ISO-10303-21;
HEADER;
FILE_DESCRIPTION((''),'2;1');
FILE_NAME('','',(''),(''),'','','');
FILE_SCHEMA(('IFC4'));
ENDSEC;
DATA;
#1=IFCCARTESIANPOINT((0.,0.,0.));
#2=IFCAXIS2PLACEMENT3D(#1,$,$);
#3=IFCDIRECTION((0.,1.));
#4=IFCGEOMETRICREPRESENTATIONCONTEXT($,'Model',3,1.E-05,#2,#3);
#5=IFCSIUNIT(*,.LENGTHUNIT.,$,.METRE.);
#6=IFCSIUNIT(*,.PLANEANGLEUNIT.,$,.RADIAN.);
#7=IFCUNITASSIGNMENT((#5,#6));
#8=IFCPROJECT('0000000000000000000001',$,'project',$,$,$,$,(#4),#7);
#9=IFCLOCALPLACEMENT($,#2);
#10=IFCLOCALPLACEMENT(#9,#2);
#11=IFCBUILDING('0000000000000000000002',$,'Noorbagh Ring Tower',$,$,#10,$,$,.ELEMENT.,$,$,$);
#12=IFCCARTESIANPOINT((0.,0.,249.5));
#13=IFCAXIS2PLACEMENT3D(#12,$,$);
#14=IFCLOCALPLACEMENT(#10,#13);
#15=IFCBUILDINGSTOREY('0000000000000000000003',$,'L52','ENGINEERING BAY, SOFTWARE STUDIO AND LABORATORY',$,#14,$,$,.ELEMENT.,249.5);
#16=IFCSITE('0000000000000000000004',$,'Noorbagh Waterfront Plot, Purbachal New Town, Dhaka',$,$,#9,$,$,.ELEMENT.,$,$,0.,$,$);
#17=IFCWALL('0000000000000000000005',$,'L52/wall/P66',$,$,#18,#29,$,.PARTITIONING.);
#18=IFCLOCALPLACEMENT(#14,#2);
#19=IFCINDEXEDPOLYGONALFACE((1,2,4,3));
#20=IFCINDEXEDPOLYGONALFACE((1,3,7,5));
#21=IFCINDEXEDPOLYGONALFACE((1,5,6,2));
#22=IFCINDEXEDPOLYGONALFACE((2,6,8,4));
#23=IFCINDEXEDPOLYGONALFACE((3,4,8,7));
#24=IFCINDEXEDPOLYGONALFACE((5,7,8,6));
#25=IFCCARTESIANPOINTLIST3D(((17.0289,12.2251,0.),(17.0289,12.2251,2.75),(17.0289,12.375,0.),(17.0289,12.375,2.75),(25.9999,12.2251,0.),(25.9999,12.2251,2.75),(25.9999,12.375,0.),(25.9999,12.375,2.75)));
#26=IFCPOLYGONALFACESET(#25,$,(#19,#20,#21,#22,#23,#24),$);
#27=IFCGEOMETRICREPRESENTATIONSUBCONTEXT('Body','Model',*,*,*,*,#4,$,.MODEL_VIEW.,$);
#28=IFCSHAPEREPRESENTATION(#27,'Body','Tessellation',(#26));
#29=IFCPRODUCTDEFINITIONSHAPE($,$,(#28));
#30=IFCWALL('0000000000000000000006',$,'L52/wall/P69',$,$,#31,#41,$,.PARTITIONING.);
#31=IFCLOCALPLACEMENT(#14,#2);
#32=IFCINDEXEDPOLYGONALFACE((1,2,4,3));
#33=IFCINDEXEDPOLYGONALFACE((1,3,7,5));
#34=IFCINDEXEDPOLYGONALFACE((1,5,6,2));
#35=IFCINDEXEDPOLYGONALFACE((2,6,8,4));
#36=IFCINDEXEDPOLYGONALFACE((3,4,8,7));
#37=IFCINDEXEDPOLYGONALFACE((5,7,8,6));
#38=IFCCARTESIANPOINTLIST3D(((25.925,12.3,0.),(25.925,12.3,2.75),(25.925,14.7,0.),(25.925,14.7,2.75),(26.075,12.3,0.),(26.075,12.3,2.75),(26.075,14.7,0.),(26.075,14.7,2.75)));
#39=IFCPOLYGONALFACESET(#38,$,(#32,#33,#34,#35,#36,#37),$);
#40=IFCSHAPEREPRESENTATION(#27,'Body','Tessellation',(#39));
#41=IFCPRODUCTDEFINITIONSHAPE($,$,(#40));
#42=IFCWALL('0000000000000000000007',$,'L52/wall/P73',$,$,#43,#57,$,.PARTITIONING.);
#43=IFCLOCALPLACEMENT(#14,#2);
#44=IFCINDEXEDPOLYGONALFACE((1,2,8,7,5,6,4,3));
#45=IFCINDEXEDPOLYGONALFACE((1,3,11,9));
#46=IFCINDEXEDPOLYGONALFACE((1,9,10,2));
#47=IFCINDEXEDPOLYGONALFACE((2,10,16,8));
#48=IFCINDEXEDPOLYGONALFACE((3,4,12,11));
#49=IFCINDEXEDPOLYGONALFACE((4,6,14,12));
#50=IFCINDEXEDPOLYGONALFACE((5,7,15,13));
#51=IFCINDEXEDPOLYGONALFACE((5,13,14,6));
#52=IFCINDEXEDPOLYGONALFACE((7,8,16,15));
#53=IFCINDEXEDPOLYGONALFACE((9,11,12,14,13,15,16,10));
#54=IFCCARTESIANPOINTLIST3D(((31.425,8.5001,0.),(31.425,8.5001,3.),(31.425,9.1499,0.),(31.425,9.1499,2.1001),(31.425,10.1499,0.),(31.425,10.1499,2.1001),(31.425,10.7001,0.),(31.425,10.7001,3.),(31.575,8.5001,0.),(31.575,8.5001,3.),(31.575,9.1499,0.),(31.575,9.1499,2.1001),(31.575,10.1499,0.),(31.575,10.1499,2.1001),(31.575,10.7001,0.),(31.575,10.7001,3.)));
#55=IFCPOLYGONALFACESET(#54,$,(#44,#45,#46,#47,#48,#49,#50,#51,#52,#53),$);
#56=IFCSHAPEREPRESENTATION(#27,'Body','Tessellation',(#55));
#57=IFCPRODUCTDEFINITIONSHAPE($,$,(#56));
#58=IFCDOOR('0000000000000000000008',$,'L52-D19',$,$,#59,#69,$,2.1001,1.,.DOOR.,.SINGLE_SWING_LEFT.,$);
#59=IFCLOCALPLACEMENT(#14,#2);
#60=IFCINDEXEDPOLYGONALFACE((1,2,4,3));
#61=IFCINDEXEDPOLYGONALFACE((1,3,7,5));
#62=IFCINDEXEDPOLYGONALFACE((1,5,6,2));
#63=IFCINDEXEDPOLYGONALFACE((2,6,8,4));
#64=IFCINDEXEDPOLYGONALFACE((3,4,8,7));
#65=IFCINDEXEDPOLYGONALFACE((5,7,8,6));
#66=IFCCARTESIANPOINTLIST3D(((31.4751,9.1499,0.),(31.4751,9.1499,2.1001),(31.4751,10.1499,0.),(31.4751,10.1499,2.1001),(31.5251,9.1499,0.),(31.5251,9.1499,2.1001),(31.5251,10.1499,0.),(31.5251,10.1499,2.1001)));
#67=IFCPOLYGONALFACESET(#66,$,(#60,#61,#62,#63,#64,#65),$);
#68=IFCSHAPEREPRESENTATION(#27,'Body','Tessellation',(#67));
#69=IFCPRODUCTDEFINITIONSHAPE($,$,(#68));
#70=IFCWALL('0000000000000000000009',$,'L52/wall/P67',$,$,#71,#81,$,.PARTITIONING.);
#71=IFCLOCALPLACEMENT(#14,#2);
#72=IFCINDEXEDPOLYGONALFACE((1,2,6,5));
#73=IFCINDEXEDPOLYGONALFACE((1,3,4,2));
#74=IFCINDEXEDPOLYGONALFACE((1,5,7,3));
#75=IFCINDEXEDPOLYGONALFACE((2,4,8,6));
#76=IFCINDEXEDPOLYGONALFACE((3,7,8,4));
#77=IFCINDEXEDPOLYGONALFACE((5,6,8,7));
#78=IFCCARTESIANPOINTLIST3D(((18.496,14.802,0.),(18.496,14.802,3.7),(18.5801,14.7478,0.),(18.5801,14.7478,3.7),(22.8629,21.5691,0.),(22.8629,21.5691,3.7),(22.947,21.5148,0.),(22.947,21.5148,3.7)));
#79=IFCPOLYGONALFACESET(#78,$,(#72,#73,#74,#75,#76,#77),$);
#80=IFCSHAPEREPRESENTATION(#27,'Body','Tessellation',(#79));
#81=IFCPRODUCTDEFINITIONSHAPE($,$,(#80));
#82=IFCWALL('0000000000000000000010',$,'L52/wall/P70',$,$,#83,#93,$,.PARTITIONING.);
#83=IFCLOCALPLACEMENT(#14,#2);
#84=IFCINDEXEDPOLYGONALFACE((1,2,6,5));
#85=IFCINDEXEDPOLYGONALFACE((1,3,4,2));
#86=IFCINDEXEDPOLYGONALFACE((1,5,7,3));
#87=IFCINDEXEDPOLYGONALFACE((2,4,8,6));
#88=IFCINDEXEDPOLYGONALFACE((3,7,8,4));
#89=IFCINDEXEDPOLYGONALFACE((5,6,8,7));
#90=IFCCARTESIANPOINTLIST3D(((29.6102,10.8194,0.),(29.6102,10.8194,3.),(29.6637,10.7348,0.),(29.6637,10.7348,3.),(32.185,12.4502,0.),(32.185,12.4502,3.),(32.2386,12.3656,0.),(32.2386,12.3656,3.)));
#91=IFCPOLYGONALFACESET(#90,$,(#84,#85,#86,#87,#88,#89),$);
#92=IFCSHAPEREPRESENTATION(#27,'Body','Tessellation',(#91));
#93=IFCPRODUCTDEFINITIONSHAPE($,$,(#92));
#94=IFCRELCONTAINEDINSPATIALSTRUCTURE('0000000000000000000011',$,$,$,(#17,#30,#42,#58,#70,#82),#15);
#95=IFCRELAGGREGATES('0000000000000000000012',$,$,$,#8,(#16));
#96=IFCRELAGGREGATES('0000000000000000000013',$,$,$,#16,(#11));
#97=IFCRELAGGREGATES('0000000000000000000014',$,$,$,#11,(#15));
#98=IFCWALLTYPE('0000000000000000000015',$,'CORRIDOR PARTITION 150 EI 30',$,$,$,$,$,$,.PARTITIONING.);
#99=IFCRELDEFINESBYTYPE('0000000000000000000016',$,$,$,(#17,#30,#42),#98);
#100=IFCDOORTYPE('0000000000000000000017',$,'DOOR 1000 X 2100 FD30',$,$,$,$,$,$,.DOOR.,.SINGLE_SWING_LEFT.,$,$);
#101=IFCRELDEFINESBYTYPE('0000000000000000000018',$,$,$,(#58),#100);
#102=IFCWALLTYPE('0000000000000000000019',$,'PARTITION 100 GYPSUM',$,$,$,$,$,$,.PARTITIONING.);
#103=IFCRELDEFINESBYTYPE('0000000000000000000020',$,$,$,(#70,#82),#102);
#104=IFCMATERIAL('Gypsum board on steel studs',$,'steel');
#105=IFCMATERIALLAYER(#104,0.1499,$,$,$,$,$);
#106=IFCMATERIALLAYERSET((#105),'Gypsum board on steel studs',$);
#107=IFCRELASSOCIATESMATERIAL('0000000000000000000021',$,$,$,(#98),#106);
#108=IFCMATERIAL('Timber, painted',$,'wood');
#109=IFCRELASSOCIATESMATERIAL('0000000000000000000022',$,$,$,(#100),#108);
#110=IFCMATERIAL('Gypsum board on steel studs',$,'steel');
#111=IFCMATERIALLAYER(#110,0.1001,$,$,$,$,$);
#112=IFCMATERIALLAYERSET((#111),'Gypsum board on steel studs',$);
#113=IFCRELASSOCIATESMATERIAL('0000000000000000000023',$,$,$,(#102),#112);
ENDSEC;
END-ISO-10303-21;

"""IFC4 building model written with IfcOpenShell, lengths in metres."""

from ifc_helpers import new_model, si_unit, direction, frame, frame_2d, origin, place, context, subcontext, project, spatial, rectangle, extrude, material, layer, layer_set, type_object, element, fill, save


model = new_model("IFC4")

# Units and contexts
model_context = context("Model", 3, precision=1e-05, world=origin(), true_north=direction((0.0, 1.0)))
body_context = subcontext(model_context, "Body", "Model", "MODEL_VIEW")
ifc_project = project(units=[si_unit("LENGTHUNIT", "METRE"), si_unit("PLANEANGLEUNIT", "RADIAN")], contexts=[model_context])

# Site, building, storey
site_placement = place(None, origin())
site = spatial("IfcSite", under=ifc_project, at=site_placement, Name="Noorbagh Waterfront Plot, Purbachal New Town, Dhaka", CompositionType="ELEMENT", RefElevation=0.0)
building_placement = place(site_placement, origin())
building = spatial("IfcBuilding", under=site, at=building_placement, Name="Noorbagh Ring Tower", CompositionType="ELEMENT")
storey_placement = place(building_placement, frame((0.0, 0.0, 249.5)))
storey = spatial("IfcBuildingStorey", under=building, at=storey_placement, Name="L52", Description="ENGINEERING BAY, SOFTWARE STUDIO AND LABORATORY", CompositionType="ELEMENT", Elevation=249.5)

# Shared definitions
ifc_material_1 = material(Name="Gypsum board on steel studs", Category="steel")
ifc_layer_1 = layer(ifc_material_1, 0.1499)
ifc_layer_set_1 = layer_set([ifc_layer_1], Name="Gypsum board on steel studs")
wall_type_1 = type_object("IfcWallType", Name="CORRIDOR PARTITION 150 EI 30", PredefinedType="PARTITIONING", material=ifc_layer_set_1)

# Shared definitions
ifc_material_2 = material(Name="Timber, painted", Category="wood")
door_type = type_object("IfcDoorType", Name="DOOR 1000 X 2100 FD30", OperationType="SINGLE_SWING_LEFT", PredefinedType="DOOR", material=ifc_material_2)

# Walls
wall_1_placement = place(storey_placement, frame((17.0291, 12.3, 0.0), z_axis=(0.0, 0.0, 1.0), x_axis=(1.0, 0.0, 0.0)))
element("IfcWall", 1, at=wall_1_placement, inside=storey, type_object=wall_type_1, Name="L52/wall/P66", PredefinedType="PARTITIONING", context=body_context, shape_type="SweptSolid", body=[
    extrude(rectangle(XDim=8.9709, YDim=0.1499, at=frame_2d((4.4854, 0.0))), origin(), (0.0, 0.0, 1.0), 2.75),
])
wall_2_placement = place(storey_placement, frame((26.0, 12.3, 0.0), z_axis=(0.0, 0.0, 1.0), x_axis=(0.0, 1.0, 0.0)))
element("IfcWall", 2, at=wall_2_placement, inside=storey, type_object=wall_type_1, Name="L52/wall/P69", PredefinedType="PARTITIONING", context=body_context, shape_type="SweptSolid", body=[
    extrude(rectangle(XDim=2.3999, YDim=0.1499, at=frame_2d((1.2, 0.0))), origin(), (0.0, 0.0, 1.0), 2.75),
])

# Wall, opening, door
wall_3_placement = place(storey_placement, frame((31.5, 8.5, 0.0), z_axis=(0.0, 0.0, 1.0), x_axis=(0.0, 1.0, 0.0)))
wall_3 = element("IfcWall", 3, at=wall_3_placement, inside=storey, type_object=wall_type_1, Name="L52/wall/P73", PredefinedType="PARTITIONING", context=body_context, shape_type="SweptSolid", body=[
    extrude(rectangle(XDim=2.2, YDim=0.1499, at=frame_2d((1.1001, 0.0))), origin(), (0.0, 0.0, 1.0), 3.0),
])
opening_1_placement = place(wall_3_placement, frame((0.6499, 0.0, 0.0)))
opening_1 = element("IfcOpeningElement", 4, at=opening_1_placement, cuts=wall_3, PredefinedType="OPENING", context=body_context, shape_type="SweptSolid", body=[
    extrude(rectangle(XDim=1.0, YDim=2.1001, at=frame_2d((0.5, 1.05))), frame((0.0, 0.085, 0.0), z_axis=(0.0, -1.0, 0.0), x_axis=(1.0, 0.0, 0.0)), (0.0, 0.0, 1.0), 0.1699),
])
door_1_placement = place(opening_1_placement, origin())
door_1 = element("IfcDoor", 5, at=door_1_placement, inside=storey, type_object=door_type, Name="L52-D19", OperationType="SINGLE_SWING_LEFT", OverallHeight=2.1001, OverallWidth=1.0, PredefinedType="DOOR", context=body_context, shape_type="SweptSolid", body=[
    extrude(rectangle(XDim=1.0, YDim=2.1001, at=frame_2d((0.5, 1.05))), frame((0.0, 0.0249, 0.0), z_axis=(0.0, -1.0, 0.0), x_axis=(1.0, 0.0, 0.0)), (0.0, 0.0, 1.0), 0.05),
])
fill(opening_1, door_1)

# Walls
ifc_material_3 = material(Name="Gypsum board on steel studs", Category="steel")
ifc_layer_2 = layer(ifc_material_3, 0.1001)
ifc_layer_set_2 = layer_set([ifc_layer_2], Name="Gypsum board on steel studs")
wall_type_2 = type_object("IfcWallType", Name="PARTITION 100 GYPSUM", PredefinedType="PARTITIONING", material=ifc_layer_set_2)
wall_4_placement = place(storey_placement, frame((18.5381, 14.7749, 0.0), z_axis=(0.0, 0.0, 1.0), x_axis=(0.542221, 0.840236, 0.0)))
element("IfcWall", 6, at=wall_4_placement, inside=storey, type_object=wall_type_2, Name="L52/wall/P67", PredefinedType="PARTITIONING", context=body_context, shape_type="SweptSolid", body=[
    extrude(rectangle(XDim=8.0537, YDim=0.1001, at=frame_2d((4.0269, 0.0))), origin(), (0.0, 0.0, 1.0), 3.7),
])
wall_5_placement = place(storey_placement, frame((29.637, 10.7771, 0.0), z_axis=(0.0, 0.0, 1.0), x_axis=(0.844811, 0.535065, 0.0)))
element("IfcWall", 7, at=wall_5_placement, inside=storey, type_object=wall_type_2, Name="L52/wall/P70", PredefinedType="PARTITIONING", context=body_context, shape_type="SweptSolid", body=[
    extrude(rectangle(XDim=3.0479, YDim=0.1001, at=frame_2d((1.5239, 0.0))), origin(), (0.0, 0.0, 1.0), 3.0),
])

save(model, "model.ifc")
